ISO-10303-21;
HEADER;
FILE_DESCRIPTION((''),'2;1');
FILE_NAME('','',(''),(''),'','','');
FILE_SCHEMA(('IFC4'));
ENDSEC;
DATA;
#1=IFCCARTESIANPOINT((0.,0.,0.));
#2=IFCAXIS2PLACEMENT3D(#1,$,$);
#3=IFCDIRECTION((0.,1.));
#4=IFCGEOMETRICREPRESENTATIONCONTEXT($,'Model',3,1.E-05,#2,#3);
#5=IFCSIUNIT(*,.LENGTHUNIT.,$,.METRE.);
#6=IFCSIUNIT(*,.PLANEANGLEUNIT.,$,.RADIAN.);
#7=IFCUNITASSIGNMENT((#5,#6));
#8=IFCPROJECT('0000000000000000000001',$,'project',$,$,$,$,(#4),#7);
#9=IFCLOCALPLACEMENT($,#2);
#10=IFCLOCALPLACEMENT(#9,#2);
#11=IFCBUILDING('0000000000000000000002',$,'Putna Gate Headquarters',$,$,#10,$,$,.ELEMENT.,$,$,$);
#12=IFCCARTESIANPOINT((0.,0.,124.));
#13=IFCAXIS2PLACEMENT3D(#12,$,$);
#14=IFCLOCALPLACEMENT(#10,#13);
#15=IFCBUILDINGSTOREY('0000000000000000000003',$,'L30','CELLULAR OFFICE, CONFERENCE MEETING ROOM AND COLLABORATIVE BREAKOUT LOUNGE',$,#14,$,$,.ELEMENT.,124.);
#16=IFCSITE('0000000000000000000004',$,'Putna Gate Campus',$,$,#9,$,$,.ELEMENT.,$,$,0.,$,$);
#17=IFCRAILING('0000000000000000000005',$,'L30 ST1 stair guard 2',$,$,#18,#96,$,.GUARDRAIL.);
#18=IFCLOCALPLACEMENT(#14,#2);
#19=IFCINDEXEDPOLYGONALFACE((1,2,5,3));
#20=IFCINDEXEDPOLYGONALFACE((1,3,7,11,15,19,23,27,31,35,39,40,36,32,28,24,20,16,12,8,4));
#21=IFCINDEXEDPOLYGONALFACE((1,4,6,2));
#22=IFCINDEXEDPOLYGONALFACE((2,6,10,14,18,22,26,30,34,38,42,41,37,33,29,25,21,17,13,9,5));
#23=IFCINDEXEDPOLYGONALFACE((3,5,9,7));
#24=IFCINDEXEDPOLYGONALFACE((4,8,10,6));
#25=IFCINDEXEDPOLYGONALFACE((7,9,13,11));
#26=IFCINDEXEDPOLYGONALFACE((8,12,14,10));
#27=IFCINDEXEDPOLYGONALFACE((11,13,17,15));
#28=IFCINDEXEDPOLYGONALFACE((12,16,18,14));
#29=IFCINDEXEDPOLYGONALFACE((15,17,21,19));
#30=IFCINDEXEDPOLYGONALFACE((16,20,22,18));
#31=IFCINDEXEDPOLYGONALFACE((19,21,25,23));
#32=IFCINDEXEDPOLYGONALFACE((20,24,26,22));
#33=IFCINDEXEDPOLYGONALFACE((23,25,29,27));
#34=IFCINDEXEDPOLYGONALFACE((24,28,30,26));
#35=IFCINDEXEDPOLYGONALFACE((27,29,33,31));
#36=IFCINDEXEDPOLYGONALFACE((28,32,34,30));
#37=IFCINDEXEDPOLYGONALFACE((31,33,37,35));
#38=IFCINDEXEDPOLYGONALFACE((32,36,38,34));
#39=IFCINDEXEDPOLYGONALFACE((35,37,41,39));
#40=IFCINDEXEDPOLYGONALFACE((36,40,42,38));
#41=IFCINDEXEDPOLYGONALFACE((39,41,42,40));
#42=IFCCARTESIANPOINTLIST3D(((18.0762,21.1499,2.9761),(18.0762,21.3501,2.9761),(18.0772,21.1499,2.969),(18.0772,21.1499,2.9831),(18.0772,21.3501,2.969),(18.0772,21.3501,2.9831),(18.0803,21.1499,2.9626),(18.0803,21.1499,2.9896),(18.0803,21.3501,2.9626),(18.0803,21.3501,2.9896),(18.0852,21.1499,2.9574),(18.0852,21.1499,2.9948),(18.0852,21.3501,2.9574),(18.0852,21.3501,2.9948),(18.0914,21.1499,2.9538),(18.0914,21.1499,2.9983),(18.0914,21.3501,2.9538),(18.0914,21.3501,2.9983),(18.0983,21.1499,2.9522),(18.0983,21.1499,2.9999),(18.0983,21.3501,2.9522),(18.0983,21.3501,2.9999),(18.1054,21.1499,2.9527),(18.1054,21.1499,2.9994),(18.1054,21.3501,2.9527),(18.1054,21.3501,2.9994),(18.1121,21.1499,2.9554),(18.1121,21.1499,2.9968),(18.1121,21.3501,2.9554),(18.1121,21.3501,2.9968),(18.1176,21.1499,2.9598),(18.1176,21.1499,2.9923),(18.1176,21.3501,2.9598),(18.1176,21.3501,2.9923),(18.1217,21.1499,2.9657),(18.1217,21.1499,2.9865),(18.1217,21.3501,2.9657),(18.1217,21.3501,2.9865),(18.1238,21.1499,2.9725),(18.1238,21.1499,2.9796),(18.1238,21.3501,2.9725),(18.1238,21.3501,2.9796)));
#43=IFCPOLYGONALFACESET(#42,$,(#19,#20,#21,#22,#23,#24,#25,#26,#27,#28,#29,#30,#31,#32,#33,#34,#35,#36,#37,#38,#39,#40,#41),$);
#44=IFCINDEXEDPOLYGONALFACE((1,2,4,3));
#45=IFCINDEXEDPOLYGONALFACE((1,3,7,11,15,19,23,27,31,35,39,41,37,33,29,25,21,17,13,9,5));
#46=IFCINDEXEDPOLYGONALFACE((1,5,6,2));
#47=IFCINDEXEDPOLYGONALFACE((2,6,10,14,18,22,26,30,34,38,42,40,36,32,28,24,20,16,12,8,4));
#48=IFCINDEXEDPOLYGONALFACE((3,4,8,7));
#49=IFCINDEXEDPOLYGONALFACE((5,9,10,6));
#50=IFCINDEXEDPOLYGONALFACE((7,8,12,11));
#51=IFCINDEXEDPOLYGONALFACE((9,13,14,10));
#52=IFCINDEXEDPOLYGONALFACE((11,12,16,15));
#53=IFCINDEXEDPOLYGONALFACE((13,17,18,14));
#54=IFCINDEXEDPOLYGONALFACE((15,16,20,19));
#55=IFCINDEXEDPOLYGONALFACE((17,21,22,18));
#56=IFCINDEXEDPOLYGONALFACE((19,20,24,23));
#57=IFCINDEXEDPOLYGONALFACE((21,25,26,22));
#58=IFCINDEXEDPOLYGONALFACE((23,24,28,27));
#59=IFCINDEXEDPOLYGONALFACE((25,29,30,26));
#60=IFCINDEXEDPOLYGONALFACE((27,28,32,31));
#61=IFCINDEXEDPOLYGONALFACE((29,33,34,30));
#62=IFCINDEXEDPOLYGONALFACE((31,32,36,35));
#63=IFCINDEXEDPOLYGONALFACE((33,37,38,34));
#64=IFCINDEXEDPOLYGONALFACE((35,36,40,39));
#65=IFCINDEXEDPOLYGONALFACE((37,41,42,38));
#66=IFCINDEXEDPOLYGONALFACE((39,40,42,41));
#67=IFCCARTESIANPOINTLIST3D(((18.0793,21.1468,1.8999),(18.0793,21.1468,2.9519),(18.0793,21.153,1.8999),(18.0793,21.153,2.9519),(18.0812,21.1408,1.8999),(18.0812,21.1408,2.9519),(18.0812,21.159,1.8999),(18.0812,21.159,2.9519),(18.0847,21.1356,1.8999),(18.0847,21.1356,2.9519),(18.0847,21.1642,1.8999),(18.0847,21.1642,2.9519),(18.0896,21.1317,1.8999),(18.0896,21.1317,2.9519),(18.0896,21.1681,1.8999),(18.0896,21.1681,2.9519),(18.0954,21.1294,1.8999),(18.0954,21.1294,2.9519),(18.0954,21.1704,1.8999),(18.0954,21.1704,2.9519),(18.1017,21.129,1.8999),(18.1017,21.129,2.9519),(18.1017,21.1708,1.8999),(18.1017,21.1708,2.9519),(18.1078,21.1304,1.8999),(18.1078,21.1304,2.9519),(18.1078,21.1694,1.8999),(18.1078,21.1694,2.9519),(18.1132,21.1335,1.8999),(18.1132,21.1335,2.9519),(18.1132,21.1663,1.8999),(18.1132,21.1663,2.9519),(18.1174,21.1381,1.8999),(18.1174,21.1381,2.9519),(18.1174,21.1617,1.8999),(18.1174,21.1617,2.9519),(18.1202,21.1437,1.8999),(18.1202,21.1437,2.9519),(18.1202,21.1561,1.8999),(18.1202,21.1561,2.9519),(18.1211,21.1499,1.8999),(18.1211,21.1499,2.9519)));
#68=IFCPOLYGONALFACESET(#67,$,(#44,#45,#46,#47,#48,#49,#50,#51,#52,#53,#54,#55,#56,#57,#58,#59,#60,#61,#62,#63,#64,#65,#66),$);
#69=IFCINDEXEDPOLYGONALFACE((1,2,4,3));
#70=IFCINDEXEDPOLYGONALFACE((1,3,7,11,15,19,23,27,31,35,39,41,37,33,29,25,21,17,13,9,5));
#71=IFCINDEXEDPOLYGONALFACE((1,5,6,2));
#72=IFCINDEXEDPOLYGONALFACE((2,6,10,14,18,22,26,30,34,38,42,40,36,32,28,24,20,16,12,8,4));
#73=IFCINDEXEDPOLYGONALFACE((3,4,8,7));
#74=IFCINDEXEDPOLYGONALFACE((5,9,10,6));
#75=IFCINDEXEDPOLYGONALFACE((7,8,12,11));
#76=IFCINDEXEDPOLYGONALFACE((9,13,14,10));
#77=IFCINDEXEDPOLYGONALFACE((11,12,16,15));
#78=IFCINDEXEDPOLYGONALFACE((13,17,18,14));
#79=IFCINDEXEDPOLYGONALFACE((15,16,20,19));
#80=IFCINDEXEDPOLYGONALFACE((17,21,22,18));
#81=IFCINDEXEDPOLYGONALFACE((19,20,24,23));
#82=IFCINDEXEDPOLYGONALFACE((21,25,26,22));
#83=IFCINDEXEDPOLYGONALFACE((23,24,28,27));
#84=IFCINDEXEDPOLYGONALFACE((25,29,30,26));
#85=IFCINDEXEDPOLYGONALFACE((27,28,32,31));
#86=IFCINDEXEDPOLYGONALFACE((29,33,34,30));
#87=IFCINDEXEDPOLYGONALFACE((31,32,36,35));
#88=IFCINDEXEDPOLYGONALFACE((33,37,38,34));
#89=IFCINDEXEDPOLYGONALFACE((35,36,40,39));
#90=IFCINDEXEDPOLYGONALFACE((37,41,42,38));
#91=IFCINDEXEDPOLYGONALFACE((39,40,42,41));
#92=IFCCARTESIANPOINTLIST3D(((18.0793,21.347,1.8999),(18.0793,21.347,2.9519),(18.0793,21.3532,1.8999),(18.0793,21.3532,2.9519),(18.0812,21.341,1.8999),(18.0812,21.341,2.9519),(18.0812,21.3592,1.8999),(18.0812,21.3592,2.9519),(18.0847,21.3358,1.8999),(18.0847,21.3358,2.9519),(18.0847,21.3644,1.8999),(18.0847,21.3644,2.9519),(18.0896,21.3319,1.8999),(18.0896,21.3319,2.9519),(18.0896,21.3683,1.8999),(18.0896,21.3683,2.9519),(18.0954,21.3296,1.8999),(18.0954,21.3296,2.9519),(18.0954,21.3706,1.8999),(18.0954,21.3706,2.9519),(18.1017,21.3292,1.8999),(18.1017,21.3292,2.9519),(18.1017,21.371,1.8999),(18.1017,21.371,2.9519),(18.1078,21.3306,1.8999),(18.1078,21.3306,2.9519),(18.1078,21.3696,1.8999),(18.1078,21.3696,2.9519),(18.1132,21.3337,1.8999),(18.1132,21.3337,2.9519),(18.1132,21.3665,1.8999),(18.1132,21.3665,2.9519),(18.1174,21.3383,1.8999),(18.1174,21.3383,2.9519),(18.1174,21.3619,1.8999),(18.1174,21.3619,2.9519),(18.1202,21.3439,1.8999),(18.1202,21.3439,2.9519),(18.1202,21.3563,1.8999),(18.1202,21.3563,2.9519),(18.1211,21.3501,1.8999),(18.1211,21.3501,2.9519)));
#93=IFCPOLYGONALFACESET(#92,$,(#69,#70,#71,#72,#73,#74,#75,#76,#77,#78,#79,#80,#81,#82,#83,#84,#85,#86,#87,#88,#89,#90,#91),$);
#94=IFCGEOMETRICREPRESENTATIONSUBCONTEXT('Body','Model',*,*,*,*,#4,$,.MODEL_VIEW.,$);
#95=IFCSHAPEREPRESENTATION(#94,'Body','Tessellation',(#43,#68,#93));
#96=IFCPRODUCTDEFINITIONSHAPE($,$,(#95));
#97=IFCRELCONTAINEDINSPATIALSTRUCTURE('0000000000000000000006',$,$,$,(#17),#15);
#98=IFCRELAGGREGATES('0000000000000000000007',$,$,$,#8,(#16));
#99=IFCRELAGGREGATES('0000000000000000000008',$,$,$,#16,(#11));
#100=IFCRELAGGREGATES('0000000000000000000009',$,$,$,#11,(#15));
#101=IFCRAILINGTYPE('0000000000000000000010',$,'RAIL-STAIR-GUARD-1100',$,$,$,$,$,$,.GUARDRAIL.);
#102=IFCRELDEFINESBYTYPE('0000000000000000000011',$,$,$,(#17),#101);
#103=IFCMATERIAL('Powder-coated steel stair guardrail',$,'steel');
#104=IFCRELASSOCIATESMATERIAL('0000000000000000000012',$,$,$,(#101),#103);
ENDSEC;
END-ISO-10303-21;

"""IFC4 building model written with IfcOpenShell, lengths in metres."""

from ifc_helpers import new_model, si_unit, direction, frame, origin, origin_2d, place, context, subcontext, project, spatial, circle, extrude, material, type_object, element, save


model = new_model("IFC4")

# Units and contexts
model_context = context("Model", 3, precision=1e-05, world=origin(), true_north=direction((0.0, 1.0)))
body_context = subcontext(model_context, "Body", "Model", "MODEL_VIEW")
ifc_project = project(units=[si_unit("LENGTHUNIT", "METRE"), si_unit("PLANEANGLEUNIT", "RADIAN")], contexts=[model_context])

# Site, building, storey
site_placement = place(None, origin())
site = spatial("IfcSite", under=ifc_project, at=site_placement, Name="Putna Gate Campus", CompositionType="ELEMENT", RefElevation=0.0)
building_placement = place(site_placement, origin())
building = spatial("IfcBuilding", under=site, at=building_placement, Name="Putna Gate Headquarters", CompositionType="ELEMENT")
storey_placement = place(building_placement, frame((0.0, 0.0, 124.0)))
storey = spatial("IfcBuildingStorey", under=building, at=storey_placement, Name="L30", Description="CELLULAR OFFICE, CONFERENCE MEETING ROOM AND COLLABORATIVE BREAKOUT LOUNGE", CompositionType="ELEMENT", Elevation=124.0)

# Railing
ifc_material_1 = material(Name="Powder-coated steel stair guardrail", Category="steel")
railing_type_1 = type_object("IfcRailingType", Name="RAIL-STAIR-GUARD-1100", PredefinedType="GUARDRAIL", material=ifc_material_1)
railing_1_placement = place(storey_placement, frame((18.1001, 21.1499, 1.8999)))
element("IfcRailing", 1, at=railing_1_placement, inside=storey, type_object=railing_type_1, Name="L30 ST1 stair guard 2", PredefinedType="GUARDRAIL", context=body_context, shape_type="SweptSolid", body=[
    extrude(circle(Radius=0.0239, at=origin_2d()), frame((0.0, 0.0, 1.0762), z_axis=(0.0, 1.0, 0.0), x_axis=(-1.0, 0.0, 0.0)), (0.0, 0.0, 1.0), 0.2002),
    extrude(circle(Radius=0.021, at=origin_2d()), origin(), (0.0, 0.0, 1.0), 1.052),
    extrude(circle(Radius=0.021, at=origin_2d()), frame((0.0, 0.2002, 0.0)), (0.0, 0.0, 1.0), 1.052),
])

save(model, "model.ifc")
